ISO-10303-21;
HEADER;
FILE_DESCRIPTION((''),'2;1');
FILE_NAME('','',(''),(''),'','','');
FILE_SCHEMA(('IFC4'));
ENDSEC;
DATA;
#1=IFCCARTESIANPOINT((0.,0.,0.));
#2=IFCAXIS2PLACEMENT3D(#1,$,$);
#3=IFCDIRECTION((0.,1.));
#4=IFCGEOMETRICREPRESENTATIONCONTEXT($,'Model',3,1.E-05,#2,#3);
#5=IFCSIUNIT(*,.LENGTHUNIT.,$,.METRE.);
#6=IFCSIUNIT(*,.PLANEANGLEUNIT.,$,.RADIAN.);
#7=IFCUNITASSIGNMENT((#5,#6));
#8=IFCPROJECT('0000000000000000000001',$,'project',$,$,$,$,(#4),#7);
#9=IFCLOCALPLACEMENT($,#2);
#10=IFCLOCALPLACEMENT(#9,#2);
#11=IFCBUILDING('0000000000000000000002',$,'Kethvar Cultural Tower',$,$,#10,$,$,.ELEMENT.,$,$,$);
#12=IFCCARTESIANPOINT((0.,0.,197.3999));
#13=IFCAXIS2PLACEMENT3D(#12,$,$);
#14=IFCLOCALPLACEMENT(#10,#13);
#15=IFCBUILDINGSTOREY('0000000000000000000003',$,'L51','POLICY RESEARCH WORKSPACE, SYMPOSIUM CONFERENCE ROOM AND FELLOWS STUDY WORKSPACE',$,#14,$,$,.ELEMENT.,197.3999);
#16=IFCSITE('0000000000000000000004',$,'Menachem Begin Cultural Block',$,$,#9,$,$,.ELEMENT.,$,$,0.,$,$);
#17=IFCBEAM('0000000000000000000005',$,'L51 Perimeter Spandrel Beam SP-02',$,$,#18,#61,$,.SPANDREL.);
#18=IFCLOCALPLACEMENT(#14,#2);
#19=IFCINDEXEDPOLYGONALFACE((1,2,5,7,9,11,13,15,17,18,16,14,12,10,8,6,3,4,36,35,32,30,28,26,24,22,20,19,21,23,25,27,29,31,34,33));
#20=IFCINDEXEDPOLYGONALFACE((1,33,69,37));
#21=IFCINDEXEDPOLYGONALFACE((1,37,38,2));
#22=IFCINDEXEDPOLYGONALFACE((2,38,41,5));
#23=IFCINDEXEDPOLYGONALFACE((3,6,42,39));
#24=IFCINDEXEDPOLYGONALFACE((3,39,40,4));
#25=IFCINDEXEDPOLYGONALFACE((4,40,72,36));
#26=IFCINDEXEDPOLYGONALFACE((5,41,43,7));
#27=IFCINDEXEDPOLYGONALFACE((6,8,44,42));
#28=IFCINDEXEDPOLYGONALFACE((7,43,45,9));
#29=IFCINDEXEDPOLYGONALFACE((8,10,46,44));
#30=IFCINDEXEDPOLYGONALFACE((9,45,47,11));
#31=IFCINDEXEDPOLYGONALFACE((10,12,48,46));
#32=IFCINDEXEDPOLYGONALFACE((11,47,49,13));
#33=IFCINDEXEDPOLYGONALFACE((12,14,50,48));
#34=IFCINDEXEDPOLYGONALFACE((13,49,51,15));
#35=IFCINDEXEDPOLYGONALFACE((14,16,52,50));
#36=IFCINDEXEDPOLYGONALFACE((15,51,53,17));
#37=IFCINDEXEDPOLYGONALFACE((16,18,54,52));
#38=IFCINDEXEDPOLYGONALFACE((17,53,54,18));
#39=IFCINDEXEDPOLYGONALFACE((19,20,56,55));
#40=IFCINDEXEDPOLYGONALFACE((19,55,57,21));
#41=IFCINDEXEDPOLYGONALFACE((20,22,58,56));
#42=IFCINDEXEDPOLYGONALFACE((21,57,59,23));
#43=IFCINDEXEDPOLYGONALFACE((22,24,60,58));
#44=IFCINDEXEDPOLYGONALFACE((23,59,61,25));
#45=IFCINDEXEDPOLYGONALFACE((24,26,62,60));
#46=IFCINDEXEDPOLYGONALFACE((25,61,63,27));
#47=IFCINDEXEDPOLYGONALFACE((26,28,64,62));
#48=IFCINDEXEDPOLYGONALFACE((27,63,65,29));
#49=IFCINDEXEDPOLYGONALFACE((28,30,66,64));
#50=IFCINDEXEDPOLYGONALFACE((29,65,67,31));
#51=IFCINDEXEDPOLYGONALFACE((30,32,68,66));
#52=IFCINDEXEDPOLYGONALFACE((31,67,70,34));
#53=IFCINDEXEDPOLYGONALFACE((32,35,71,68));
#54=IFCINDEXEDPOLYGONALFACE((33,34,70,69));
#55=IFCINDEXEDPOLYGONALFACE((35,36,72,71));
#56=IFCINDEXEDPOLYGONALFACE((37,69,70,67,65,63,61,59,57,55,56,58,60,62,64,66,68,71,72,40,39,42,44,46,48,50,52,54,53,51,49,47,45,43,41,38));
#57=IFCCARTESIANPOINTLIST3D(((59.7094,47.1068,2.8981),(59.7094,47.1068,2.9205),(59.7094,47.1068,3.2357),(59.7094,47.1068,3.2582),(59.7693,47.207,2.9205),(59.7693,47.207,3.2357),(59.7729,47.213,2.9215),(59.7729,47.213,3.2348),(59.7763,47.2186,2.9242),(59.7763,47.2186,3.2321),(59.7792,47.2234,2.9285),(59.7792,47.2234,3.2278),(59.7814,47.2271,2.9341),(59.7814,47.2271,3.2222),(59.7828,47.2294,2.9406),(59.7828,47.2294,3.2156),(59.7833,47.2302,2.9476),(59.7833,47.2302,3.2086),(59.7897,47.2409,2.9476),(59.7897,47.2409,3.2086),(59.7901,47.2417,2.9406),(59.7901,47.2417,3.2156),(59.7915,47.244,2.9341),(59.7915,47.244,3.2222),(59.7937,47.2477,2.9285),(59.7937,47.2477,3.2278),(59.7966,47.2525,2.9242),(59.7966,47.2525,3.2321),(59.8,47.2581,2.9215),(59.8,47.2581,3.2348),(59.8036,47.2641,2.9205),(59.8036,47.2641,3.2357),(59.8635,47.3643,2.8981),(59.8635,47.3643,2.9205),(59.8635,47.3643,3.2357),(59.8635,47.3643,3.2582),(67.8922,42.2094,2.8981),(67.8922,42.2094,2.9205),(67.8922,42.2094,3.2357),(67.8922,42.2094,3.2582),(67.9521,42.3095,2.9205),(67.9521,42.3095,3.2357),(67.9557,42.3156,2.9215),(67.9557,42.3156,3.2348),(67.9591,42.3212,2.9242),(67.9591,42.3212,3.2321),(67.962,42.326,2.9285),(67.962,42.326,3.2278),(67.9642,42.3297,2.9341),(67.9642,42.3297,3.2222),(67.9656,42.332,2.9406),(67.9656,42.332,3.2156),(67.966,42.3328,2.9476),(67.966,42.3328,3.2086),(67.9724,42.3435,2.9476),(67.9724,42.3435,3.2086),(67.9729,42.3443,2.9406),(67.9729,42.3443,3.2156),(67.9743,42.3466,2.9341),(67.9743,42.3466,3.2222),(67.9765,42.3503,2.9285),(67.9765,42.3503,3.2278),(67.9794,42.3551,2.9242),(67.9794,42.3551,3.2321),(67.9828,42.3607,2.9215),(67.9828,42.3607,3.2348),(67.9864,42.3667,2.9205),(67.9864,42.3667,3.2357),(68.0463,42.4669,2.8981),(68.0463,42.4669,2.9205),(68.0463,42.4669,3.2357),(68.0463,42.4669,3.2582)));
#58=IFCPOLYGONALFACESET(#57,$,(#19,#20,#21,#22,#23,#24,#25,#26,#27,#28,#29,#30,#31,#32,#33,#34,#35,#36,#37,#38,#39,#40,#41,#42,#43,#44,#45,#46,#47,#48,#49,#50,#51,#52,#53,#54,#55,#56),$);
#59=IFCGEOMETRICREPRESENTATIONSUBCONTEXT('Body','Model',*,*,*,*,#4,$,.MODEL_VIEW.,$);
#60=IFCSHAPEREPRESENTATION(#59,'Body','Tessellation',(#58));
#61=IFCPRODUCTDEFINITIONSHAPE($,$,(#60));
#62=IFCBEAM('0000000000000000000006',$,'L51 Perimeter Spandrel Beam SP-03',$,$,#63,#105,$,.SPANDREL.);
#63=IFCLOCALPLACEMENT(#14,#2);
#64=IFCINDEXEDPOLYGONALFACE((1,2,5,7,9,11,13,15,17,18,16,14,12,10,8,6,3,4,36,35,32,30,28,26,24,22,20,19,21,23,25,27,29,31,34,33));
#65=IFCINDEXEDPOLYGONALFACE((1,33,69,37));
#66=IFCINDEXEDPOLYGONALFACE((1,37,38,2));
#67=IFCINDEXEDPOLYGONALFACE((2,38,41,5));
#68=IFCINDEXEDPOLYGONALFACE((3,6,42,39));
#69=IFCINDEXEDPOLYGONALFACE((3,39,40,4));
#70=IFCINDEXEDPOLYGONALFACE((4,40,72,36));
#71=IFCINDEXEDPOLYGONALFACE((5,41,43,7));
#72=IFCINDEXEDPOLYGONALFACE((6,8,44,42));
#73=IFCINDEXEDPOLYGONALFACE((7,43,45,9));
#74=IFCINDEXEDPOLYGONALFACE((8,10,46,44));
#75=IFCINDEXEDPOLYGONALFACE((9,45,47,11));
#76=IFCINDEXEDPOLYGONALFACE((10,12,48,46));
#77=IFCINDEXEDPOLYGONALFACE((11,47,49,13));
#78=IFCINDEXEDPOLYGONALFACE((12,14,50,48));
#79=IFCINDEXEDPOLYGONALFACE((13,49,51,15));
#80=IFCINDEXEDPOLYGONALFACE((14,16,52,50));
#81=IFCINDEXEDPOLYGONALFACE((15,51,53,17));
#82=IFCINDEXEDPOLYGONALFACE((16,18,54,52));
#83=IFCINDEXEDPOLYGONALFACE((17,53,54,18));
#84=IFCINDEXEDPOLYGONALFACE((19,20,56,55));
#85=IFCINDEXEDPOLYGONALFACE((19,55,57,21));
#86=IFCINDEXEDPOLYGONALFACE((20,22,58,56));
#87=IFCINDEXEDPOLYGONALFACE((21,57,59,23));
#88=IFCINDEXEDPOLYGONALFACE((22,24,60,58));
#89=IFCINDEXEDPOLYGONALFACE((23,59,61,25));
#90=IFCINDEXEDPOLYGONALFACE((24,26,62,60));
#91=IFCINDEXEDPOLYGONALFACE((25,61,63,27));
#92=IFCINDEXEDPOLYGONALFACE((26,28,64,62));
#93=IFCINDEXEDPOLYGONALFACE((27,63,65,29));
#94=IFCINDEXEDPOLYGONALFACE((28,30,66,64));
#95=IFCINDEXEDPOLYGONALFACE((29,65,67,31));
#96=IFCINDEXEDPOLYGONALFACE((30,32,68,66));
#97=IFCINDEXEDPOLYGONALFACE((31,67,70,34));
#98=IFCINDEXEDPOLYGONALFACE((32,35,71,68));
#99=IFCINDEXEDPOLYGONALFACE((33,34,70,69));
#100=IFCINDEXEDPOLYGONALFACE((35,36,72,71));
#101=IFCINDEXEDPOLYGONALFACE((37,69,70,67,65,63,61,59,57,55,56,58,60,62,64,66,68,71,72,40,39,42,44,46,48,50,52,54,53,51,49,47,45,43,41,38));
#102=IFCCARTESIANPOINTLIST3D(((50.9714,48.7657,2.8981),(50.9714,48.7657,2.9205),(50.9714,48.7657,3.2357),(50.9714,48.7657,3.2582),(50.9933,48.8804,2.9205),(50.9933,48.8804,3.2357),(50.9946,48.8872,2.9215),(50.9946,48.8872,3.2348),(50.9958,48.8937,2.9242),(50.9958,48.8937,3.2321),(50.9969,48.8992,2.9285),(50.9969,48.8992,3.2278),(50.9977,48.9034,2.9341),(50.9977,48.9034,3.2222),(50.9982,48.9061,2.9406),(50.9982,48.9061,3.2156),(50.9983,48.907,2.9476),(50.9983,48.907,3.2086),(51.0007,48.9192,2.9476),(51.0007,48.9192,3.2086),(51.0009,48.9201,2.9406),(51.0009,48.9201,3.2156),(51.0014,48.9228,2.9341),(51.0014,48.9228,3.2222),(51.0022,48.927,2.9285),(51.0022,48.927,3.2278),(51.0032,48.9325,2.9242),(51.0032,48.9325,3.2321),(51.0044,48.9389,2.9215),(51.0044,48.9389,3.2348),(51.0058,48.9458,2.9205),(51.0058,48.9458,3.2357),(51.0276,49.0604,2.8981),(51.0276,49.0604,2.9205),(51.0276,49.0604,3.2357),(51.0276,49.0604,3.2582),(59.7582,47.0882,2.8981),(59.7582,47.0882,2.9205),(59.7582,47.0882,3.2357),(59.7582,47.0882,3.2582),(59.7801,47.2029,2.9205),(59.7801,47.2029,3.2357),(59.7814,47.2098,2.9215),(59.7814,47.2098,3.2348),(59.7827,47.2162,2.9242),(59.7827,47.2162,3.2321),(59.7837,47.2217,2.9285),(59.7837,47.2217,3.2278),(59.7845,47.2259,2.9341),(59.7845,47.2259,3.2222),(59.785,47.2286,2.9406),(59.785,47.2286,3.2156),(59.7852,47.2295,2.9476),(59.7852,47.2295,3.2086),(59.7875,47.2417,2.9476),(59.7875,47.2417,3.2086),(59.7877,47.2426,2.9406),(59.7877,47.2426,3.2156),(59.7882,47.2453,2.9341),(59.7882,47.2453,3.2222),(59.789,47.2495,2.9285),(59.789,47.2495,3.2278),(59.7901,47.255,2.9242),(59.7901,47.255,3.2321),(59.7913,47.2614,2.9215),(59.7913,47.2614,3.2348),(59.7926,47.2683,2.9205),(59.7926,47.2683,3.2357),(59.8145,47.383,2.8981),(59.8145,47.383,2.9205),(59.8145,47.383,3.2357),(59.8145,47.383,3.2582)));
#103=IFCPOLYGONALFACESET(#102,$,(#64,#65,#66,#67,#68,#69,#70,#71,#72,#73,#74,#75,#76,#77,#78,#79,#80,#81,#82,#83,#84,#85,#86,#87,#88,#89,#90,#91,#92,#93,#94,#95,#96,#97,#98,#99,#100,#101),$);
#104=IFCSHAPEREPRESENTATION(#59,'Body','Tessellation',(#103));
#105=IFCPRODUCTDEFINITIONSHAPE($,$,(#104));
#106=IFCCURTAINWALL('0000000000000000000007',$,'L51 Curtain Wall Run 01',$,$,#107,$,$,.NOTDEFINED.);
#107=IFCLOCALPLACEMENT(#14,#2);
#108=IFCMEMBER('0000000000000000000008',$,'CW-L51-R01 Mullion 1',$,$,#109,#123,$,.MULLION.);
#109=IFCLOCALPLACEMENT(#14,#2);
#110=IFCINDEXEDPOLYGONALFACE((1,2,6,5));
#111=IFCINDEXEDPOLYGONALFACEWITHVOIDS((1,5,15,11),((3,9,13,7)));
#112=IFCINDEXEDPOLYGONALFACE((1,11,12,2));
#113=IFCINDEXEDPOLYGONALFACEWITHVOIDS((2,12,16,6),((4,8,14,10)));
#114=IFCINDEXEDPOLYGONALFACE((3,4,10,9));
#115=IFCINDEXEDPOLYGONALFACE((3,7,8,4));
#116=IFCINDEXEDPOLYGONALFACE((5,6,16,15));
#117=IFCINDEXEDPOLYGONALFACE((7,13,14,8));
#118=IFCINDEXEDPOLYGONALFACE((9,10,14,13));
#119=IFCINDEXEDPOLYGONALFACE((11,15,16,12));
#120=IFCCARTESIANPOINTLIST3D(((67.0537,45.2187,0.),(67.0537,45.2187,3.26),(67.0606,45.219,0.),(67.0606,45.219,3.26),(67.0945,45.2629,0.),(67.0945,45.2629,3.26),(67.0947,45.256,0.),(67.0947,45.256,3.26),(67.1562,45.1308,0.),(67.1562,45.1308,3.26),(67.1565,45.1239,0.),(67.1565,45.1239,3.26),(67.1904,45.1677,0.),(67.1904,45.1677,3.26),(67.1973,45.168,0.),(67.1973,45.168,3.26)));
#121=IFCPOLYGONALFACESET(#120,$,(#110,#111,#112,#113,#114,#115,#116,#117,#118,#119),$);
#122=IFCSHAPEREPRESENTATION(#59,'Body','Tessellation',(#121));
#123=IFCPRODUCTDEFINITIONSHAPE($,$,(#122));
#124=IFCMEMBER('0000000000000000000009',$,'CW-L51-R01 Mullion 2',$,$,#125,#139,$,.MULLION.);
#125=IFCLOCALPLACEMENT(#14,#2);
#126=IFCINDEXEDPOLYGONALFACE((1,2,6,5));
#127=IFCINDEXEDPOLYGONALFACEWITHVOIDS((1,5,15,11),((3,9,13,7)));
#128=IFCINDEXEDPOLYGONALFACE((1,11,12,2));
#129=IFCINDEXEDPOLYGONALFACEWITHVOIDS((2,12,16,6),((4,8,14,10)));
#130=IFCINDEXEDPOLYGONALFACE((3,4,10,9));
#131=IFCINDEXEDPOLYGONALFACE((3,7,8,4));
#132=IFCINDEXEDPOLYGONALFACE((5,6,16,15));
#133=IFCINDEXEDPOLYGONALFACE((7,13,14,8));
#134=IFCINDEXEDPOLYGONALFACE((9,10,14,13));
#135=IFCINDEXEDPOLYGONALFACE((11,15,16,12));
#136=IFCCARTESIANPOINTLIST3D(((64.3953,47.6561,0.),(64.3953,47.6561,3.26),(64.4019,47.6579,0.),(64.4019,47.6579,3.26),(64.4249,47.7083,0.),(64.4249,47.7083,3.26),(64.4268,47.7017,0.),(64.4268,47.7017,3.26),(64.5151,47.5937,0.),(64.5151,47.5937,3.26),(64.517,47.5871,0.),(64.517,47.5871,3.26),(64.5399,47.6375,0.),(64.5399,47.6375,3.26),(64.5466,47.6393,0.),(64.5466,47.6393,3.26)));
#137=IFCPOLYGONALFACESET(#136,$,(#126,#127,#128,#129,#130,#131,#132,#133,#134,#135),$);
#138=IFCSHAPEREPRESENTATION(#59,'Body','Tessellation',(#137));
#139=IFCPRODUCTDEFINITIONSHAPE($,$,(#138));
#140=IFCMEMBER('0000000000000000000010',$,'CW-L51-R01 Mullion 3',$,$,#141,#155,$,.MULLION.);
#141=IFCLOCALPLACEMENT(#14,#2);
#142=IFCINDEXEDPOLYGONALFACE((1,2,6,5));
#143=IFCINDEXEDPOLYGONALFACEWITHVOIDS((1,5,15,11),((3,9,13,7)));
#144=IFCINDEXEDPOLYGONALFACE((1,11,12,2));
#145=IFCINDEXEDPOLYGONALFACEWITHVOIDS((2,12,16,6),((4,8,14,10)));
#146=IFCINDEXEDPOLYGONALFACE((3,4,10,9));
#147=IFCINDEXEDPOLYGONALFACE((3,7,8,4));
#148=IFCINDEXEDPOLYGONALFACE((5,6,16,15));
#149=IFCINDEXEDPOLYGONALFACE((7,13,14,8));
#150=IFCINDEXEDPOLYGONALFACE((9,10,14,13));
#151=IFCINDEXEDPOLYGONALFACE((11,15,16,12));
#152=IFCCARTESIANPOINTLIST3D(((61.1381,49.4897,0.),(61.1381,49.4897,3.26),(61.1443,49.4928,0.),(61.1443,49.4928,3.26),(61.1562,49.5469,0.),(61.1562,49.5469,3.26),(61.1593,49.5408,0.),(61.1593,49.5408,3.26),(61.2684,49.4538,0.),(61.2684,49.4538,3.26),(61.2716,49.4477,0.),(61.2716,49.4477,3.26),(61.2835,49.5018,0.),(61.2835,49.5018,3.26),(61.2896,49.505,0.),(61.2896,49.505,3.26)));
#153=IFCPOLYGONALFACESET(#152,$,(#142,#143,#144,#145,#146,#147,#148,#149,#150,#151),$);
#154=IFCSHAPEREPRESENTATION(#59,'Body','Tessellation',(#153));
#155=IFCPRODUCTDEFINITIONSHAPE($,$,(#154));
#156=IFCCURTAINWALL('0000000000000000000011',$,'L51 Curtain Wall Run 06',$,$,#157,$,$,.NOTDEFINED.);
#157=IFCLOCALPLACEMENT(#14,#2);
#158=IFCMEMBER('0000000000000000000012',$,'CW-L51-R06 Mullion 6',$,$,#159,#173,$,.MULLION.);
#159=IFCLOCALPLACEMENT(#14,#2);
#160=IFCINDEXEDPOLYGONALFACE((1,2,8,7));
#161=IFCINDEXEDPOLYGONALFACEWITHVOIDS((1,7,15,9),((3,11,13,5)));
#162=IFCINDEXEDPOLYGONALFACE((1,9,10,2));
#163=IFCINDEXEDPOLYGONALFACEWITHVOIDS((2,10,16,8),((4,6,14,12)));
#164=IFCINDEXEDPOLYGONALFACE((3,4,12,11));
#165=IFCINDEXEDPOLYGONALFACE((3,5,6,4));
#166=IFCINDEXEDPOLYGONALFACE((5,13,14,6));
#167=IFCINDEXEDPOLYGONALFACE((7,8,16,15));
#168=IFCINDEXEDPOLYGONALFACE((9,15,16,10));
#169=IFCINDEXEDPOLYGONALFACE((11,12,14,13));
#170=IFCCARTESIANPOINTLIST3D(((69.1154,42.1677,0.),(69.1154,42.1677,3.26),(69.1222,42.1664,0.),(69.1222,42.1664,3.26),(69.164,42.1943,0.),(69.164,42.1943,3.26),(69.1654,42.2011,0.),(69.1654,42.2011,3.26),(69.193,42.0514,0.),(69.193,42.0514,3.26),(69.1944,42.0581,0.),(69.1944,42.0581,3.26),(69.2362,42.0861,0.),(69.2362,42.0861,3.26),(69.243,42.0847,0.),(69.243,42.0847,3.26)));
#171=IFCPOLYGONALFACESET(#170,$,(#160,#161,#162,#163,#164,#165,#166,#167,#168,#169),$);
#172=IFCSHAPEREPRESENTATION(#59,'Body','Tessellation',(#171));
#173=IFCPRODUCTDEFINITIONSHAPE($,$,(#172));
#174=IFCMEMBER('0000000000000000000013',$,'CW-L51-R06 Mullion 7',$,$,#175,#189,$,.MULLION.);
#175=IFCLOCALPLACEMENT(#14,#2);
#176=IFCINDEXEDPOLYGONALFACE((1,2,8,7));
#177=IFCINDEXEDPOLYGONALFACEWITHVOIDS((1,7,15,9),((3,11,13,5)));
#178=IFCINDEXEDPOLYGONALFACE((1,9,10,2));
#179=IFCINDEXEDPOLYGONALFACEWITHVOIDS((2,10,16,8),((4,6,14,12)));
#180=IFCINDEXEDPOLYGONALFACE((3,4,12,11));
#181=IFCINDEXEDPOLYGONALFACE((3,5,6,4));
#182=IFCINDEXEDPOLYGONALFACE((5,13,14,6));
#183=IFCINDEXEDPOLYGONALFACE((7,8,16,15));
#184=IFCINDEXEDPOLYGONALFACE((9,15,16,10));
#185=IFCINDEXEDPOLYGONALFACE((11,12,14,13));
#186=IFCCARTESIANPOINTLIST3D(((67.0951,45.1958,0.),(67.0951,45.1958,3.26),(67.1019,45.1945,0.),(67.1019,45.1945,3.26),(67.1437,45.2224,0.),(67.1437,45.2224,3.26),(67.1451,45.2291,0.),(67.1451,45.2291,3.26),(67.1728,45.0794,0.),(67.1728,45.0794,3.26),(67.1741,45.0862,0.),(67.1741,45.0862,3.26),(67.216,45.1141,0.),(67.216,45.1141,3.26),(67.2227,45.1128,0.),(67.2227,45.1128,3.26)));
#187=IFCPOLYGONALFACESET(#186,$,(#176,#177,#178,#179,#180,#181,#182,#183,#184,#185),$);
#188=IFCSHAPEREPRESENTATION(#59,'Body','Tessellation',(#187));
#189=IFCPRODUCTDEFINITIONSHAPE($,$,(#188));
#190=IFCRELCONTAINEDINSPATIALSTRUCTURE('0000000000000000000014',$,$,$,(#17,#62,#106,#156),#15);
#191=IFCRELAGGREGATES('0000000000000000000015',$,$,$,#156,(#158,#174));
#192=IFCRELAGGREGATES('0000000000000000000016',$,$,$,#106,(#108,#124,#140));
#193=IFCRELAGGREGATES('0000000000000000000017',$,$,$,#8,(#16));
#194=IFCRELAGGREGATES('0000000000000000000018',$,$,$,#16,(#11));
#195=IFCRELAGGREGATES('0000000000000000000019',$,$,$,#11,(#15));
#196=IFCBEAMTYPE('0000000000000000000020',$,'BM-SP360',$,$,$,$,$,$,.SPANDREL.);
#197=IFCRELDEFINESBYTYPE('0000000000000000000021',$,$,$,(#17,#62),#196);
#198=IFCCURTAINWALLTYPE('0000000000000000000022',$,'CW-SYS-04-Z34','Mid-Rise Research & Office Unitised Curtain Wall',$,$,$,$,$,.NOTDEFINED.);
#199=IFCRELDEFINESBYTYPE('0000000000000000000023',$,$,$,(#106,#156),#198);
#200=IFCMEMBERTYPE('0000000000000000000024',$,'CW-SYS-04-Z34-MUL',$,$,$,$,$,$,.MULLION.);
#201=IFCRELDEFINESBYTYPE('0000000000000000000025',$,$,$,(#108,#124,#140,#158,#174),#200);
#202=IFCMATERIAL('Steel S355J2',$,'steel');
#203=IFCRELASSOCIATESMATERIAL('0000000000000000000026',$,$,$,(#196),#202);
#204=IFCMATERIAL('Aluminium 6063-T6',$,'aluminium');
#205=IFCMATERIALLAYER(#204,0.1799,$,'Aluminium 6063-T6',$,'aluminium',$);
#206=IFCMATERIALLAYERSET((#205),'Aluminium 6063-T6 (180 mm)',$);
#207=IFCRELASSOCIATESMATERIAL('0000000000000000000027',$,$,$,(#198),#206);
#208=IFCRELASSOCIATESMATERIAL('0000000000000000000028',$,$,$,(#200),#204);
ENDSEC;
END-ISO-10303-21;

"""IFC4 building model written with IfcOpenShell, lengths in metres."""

from ifc_helpers import new_model, si_unit, direction, frame, origin, origin_2d, place, context, subcontext, project, spatial, hollow_rectangle, i_section, extrude, source, transform, mapped, material, layer, layer_set, material_profile, profile_set, type_object, element, aggregate, save


model = new_model("IFC4")

# Units and contexts
model_context = context("Model", 3, precision=1e-05, world=origin(), true_north=direction((0.0, 1.0)))
body_context = subcontext(model_context, "Body", "Model", "MODEL_VIEW")
ifc_project = project(units=[si_unit("LENGTHUNIT", "METRE"), si_unit("PLANEANGLEUNIT", "RADIAN")], contexts=[model_context])

# Site, building, storey
site_placement = place(None, origin())
site = spatial("IfcSite", under=ifc_project, at=site_placement, Name="Menachem Begin Cultural Block", CompositionType="ELEMENT", RefElevation=0.0)
building_placement = place(site_placement, origin())
building = spatial("IfcBuilding", under=site, at=building_placement, Name="Kethvar Cultural Tower", CompositionType="ELEMENT")
storey_placement = place(building_placement, frame((0.0, 0.0, 197.3999)))
storey = spatial("IfcBuildingStorey", under=building, at=storey_placement, Name="L51", Description="POLICY RESEARCH WORKSPACE, SYMPOSIUM CONFERENCE ROOM AND FELLOWS STUDY WORKSPACE", CompositionType="ELEMENT", Elevation=197.3999)

# Beams
ifc_material_1 = material(Name="Steel S355J2", Category="steel")
ifc_material_profile_1 = material_profile(ifc_material_1, i_section(OverallWidth=0.3, OverallDepth=0.3601, WebThickness=0.0125, FlangeThickness=0.0225, FilletRadius=0.0271, at=origin_2d()), Name="Steel S355J2 — HEB360")
ifc_profile_set_1 = profile_set([ifc_material_profile_1], Name="Steel S355J2 — HEB360")
beam_type_1 = type_object("IfcBeamType", Name="BM-SP360", PredefinedType="SPANDREL", material=ifc_profile_set_1)
shared_shape_1 = source(origin(), body_context, "Body", "SweptSolid", [
    extrude(i_section(OverallWidth=0.3, OverallDepth=0.3601, WebThickness=0.0125, FlangeThickness=0.0225, FilletRadius=0.0271, at=origin_2d()), origin(), (0.0, 0.0, 1.0), 9.5364),
])
beam_1_placement = place(storey_placement, frame((67.9692, 42.3381, 3.0781), z_axis=(-0.858059, 0.51355, 0.0), x_axis=(-0.51355, -0.858059, 0.0)))
element("IfcBeam", 1, at=beam_1_placement, inside=storey, type_object=beam_type_1, Name="L51 Perimeter Spandrel Beam SP-02", PredefinedType="SPANDREL", context=body_context, shape_type="MappedRepresentation", body=[
    mapped(shared_shape_1, transform((0.0, 0.0, 0.0), scale=1.0)),
])
shared_shape_2 = source(origin(), body_context, "Body", "SweptSolid", [
    extrude(i_section(OverallWidth=0.3, OverallDepth=0.3601, WebThickness=0.0125, FlangeThickness=0.0225, FilletRadius=0.0271, at=origin_2d()), origin(), (0.0, 0.0, 1.0), 8.9456),
])
beam_2_placement = place(storey_placement, frame((59.7864, 47.2356, 3.0781), z_axis=(-0.98226, 0.187522, 0.0), x_axis=(-0.187522, -0.98226, 0.0)))
element("IfcBeam", 2, at=beam_2_placement, inside=storey, type_object=beam_type_1, Name="L51 Perimeter Spandrel Beam SP-03", PredefinedType="SPANDREL", context=body_context, shape_type="MappedRepresentation", body=[
    mapped(shared_shape_2, transform((0.0, 0.0, 0.0), scale=1.0)),
])

# Curtain walls, members
ifc_material_2 = material(Name="Aluminium 6063-T6", Category="aluminium")
ifc_layer_1 = layer(ifc_material_2, 0.1799, Name="Aluminium 6063-T6", Category="aluminium")
ifc_layer_set_1 = layer_set([ifc_layer_1], Name="Aluminium 6063-T6 (180 mm)")
curtain_wall_type = type_object("IfcCurtainWallType", Name="CW-SYS-04-Z34", Description="Mid-Rise Research & Office Unitised Curtain Wall", PredefinedType="NOTDEFINED", material=ifc_layer_set_1)
curtain_wall_1_placement = place(storey_placement, origin())
curtain_wall_1 = element("IfcCurtainWall", 3, at=curtain_wall_1_placement, inside=storey, type_object=curtain_wall_type, Name="L51 Curtain Wall Run 01", PredefinedType="NOTDEFINED")
ifc_material_profile_2 = material_profile(ifc_material_2, hollow_rectangle(XDim=0.0601, YDim=0.1399, WallThickness=0.0049, at=origin_2d()), Name="Aluminium 6063-T6 — RHS140x60x5")
ifc_profile_set_2 = profile_set([ifc_material_profile_2], Name="Aluminium 6063-T6 — RHS140x60x5")
member_type_1 = type_object("IfcMemberType", Name="CW-SYS-04-Z34-MUL", PredefinedType="MULLION", material=ifc_profile_set_2)
shared_shape_3 = source(origin(), body_context, "Body", "SweptSolid", [
    extrude(hollow_rectangle(XDim=0.0601, YDim=0.1399, WallThickness=0.0049, at=origin_2d()), origin(), (0.0, 0.0, 1.0), 3.26),
])
member_1_placement = place(storey_placement, frame((67.1255, 45.1934, 0.0), z_axis=(0.0, 0.0, 1.0), x_axis=(-0.678288, -0.734796, 0.0)))
member_1 = element("IfcMember", 4, at=member_1_placement, type_object=member_type_1, Name="CW-L51-R01 Mullion 1", PredefinedType="MULLION", context=body_context, shape_type="MappedRepresentation", body=[
    mapped(shared_shape_3, transform((0.0, 0.0, 0.0), scale=1.0)),
])
member_2_placement = place(storey_placement, frame((64.4709, 47.6477, 0.0), z_axis=(0.0, 0.0, 1.0), x_axis=(-0.493228, -0.8699, 0.0)))
member_2 = element("IfcMember", 5, at=member_2_placement, type_object=member_type_1, Name="CW-L51-R01 Mullion 2", PredefinedType="MULLION", context=body_context, shape_type="MappedRepresentation", body=[
    mapped(shared_shape_3, transform((0.0, 0.0, 0.0), scale=1.0)),
])
member_3_placement = place(storey_placement, frame((61.2139, 49.4973, 0.0), z_axis=(0.0, 0.0, 1.0), x_axis=(-0.300007, -0.953937, 0.0)))
member_3 = element("IfcMember", 6, at=member_3_placement, type_object=member_type_1, Name="CW-L51-R01 Mullion 3", PredefinedType="MULLION", context=body_context, shape_type="MappedRepresentation", body=[
    mapped(shared_shape_3, transform((0.0, 0.0, 0.0), scale=1.0)),
])
curtain_wall_2_placement = place(storey_placement, origin())
curtain_wall_2 = element("IfcCurtainWall", 7, at=curtain_wall_2_placement, inside=storey, type_object=curtain_wall_type, Name="L51 Curtain Wall Run 06", PredefinedType="NOTDEFINED")
member_4_placement = place(storey_placement, frame((69.1792, 42.1262, 0.0), z_axis=(0.0, 0.0, 1.0), x_axis=(-0.831857, -0.55499, 0.0)))
member_4 = element("IfcMember", 8, at=member_4_placement, type_object=member_type_1, Name="CW-L51-R06 Mullion 6", PredefinedType="MULLION", context=body_context, shape_type="MappedRepresentation", body=[
    mapped(shared_shape_3, transform((0.0, 0.0, 0.0), scale=1.0)),
])
member_5_placement = place(storey_placement, frame((67.1589, 45.1543, 0.0), z_axis=(0.0, 0.0, 1.0), x_axis=(-0.831857, -0.55499, 0.0)))
member_5 = element("IfcMember", 9, at=member_5_placement, type_object=member_type_1, Name="CW-L51-R06 Mullion 7", PredefinedType="MULLION", context=body_context, shape_type="MappedRepresentation", body=[
    mapped(shared_shape_3, transform((0.0, 0.0, 0.0), scale=1.0)),
])

aggregate(curtain_wall_2, [member_4, member_5])
aggregate(curtain_wall_1, [member_1, member_2, member_3])

save(model, "model.ifc")
